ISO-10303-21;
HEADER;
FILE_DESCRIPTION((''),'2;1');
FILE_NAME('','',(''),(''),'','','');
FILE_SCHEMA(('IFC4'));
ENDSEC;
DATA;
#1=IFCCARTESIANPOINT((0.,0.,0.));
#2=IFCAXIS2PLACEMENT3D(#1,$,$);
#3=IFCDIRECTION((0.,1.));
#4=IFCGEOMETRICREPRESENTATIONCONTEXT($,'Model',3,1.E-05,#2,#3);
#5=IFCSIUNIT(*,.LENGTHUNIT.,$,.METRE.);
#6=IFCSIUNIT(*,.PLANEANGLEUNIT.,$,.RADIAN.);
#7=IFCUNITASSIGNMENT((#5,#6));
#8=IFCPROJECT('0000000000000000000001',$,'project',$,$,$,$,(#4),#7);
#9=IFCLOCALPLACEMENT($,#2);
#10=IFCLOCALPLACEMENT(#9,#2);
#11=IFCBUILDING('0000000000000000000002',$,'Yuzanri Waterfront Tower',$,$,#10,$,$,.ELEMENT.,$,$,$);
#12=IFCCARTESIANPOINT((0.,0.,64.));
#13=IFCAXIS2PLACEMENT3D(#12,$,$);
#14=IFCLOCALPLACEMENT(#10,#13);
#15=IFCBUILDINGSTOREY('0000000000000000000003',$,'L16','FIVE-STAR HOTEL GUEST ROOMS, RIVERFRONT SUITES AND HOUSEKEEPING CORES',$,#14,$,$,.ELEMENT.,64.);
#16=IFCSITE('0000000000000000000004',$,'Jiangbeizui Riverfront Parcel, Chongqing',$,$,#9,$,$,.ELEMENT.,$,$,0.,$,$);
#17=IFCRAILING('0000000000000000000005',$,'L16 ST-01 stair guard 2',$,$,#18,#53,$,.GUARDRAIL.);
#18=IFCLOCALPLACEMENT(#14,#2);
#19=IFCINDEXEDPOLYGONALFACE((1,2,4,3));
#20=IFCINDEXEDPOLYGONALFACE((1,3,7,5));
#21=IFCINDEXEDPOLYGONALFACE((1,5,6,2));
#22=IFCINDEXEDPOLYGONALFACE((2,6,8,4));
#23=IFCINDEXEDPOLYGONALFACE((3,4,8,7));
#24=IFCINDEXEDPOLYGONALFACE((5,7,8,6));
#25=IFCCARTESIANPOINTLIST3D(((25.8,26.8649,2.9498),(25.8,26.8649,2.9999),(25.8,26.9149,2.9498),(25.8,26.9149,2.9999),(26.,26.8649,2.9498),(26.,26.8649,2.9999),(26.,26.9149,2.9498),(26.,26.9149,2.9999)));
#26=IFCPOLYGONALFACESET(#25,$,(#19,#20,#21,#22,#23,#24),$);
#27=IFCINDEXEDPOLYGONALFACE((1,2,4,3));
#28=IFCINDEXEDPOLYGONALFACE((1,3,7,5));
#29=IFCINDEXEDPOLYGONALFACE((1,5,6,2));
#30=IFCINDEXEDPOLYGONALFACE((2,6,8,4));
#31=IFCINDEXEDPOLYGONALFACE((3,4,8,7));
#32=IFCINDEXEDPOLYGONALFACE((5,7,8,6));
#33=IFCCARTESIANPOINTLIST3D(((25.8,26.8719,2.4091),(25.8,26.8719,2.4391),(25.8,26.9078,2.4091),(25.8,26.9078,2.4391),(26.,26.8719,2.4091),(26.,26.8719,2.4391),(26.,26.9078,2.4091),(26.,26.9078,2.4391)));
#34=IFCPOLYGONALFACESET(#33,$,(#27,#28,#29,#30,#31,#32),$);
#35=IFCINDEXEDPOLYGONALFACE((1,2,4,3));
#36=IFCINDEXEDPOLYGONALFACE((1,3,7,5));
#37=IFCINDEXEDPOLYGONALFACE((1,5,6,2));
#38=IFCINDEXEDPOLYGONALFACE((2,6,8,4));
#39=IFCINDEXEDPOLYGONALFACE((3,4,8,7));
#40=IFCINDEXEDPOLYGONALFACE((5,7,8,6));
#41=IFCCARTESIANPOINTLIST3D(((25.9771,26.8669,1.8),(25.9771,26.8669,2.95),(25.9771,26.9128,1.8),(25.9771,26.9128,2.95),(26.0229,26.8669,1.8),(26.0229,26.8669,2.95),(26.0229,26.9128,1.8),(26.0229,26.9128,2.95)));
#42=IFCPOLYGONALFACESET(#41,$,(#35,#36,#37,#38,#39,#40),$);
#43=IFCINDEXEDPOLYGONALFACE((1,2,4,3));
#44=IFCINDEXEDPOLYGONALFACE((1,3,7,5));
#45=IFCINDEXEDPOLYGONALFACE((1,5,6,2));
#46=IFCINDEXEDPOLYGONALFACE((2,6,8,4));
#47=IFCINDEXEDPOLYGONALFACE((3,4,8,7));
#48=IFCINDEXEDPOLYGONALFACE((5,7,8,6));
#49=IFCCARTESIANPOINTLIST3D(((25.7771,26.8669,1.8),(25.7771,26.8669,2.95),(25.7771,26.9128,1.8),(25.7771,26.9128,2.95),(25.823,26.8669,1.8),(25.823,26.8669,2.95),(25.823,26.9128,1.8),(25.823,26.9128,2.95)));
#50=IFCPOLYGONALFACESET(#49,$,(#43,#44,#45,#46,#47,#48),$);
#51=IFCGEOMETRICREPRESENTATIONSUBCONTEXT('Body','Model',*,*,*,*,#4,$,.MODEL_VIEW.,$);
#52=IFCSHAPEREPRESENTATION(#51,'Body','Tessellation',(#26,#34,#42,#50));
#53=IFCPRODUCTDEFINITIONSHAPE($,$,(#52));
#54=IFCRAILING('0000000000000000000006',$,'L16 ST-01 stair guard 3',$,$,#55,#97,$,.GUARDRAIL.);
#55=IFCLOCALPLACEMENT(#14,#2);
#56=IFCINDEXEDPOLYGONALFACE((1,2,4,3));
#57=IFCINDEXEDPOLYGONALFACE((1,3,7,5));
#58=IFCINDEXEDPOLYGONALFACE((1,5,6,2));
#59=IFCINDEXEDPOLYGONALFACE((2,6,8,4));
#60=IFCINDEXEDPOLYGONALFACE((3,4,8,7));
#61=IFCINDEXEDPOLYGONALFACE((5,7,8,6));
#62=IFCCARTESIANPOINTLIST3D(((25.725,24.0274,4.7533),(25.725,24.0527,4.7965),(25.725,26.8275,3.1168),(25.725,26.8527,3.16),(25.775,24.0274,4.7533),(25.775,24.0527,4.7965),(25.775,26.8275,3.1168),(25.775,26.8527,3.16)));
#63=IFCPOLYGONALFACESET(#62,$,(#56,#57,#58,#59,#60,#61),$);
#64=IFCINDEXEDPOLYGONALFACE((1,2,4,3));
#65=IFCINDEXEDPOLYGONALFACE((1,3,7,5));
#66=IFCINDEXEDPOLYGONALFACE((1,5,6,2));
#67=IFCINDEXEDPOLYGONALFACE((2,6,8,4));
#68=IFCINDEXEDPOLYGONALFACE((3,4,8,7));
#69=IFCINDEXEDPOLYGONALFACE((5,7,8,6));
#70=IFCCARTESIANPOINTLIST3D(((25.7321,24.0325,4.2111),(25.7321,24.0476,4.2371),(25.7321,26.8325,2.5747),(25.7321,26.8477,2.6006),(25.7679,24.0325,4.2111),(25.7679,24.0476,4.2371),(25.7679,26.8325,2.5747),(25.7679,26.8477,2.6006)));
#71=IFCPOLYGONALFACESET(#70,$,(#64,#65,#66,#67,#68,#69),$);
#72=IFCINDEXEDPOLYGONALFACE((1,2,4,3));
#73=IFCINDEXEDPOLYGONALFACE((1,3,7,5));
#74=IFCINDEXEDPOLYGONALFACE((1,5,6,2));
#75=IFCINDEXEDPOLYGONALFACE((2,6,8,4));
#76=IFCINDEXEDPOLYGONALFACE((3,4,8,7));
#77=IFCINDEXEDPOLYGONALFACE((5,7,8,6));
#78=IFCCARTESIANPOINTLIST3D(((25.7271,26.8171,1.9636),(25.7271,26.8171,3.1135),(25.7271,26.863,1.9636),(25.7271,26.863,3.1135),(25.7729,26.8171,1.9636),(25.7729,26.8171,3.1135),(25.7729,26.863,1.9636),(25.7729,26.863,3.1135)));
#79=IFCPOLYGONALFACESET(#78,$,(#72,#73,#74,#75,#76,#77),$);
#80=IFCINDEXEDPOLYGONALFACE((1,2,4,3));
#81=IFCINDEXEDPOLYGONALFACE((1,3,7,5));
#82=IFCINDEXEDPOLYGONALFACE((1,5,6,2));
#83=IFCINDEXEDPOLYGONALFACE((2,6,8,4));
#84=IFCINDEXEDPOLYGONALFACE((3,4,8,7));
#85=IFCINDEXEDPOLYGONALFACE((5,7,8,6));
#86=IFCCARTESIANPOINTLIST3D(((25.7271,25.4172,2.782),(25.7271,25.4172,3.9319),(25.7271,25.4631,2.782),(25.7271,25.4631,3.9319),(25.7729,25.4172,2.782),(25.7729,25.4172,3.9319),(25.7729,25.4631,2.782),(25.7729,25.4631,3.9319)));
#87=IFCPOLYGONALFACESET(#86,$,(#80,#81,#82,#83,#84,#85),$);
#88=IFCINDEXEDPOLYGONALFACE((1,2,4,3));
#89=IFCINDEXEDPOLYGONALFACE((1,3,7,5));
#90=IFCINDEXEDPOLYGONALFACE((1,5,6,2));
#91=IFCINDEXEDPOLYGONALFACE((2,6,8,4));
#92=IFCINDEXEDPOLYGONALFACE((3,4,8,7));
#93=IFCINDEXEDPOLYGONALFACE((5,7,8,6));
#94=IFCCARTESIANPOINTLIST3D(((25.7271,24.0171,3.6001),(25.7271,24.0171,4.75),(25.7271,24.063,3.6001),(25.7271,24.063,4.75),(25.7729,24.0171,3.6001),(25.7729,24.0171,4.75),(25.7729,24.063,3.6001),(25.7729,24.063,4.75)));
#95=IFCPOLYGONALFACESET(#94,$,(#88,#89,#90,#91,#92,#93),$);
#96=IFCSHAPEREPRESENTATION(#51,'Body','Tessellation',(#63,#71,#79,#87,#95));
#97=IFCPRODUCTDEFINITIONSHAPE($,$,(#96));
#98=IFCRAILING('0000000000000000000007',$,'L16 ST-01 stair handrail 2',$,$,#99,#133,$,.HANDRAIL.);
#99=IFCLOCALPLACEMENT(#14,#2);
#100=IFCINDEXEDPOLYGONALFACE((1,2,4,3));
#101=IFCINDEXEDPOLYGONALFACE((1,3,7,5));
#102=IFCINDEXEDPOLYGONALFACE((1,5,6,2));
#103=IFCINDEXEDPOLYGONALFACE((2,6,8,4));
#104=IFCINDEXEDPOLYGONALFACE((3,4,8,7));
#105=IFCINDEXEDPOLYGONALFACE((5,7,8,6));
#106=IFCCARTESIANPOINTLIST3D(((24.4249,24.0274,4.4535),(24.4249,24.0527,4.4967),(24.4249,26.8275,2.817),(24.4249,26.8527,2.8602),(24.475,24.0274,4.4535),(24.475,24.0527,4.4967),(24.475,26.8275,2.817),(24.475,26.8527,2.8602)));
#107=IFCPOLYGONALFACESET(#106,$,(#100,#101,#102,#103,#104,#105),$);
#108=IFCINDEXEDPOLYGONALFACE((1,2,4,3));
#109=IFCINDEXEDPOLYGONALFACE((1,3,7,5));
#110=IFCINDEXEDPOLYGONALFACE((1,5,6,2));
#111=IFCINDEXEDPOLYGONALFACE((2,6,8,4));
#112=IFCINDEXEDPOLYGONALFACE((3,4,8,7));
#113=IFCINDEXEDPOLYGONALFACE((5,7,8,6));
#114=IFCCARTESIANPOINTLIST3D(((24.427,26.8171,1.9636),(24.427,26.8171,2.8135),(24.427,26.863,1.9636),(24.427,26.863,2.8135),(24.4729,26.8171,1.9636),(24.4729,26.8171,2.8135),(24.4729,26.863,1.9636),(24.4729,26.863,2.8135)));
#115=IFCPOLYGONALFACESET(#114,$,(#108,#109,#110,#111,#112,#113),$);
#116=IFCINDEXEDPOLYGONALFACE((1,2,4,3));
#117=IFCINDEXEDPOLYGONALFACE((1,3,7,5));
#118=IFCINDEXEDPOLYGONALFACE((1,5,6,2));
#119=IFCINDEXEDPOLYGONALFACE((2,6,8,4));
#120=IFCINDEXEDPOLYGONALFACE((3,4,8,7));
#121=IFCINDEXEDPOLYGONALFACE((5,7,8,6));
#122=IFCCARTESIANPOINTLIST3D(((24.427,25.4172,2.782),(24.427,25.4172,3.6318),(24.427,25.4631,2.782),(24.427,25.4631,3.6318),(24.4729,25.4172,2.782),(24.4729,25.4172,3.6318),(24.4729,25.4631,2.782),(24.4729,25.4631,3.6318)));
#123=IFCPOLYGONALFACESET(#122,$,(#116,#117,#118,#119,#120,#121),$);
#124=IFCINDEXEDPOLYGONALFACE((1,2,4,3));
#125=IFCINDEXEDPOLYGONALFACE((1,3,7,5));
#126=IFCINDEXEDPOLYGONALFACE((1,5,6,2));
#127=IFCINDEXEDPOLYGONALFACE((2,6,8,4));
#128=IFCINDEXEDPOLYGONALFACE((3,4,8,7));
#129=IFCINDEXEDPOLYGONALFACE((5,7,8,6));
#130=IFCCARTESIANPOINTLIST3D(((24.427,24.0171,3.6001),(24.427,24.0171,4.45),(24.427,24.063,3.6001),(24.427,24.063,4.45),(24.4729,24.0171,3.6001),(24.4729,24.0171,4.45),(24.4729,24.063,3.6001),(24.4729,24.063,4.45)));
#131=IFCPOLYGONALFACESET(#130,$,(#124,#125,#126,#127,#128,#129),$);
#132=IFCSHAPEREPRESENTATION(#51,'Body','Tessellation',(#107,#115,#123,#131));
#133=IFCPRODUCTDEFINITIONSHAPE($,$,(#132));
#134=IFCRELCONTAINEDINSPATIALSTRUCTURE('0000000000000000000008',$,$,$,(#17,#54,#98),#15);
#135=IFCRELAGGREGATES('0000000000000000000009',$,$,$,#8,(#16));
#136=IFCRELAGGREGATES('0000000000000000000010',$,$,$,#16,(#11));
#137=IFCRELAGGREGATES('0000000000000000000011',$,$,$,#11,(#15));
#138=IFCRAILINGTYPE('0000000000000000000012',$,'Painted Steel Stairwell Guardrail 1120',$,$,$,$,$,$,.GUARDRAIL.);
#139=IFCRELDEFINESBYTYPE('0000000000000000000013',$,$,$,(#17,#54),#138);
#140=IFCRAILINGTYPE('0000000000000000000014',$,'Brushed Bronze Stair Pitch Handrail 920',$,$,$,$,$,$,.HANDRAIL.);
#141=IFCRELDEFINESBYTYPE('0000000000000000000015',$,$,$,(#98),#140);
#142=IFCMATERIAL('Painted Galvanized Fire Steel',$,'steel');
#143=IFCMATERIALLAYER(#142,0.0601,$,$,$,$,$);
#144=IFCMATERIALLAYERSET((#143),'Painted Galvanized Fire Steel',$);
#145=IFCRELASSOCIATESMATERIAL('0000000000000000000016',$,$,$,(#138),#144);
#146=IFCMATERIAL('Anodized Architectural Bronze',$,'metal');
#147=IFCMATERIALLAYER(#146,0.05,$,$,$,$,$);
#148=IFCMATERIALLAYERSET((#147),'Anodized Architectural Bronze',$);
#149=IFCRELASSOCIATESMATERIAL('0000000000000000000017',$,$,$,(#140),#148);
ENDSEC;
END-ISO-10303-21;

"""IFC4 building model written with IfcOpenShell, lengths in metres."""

from ifc_helpers import new_model, si_unit, direction, frame, origin, origin_2d, place, context, subcontext, project, spatial, rectangle, extrude, source, transform, mapped, material, layer, layer_set, type_object, element, save


model = new_model("IFC4")

# Units and contexts
model_context = context("Model", 3, precision=1e-05, world=origin(), true_north=direction((0.0, 1.0)))
body_context = subcontext(model_context, "Body", "Model", "MODEL_VIEW")
ifc_project = project(units=[si_unit("LENGTHUNIT", "METRE"), si_unit("PLANEANGLEUNIT", "RADIAN")], contexts=[model_context])

# Site, building, storey
site_placement = place(None, origin())
site = spatial("IfcSite", under=ifc_project, at=site_placement, Name="Jiangbeizui Riverfront Parcel, Chongqing", CompositionType="ELEMENT", RefElevation=0.0)
building_placement = place(site_placement, origin())
building = spatial("IfcBuilding", under=site, at=building_placement, Name="Yuzanri Waterfront Tower", CompositionType="ELEMENT")
storey_placement = place(building_placement, frame((0.0, 0.0, 64.0)))
storey = spatial("IfcBuildingStorey", under=building, at=storey_placement, Name="L16", Description="FIVE-STAR HOTEL GUEST ROOMS, RIVERFRONT SUITES AND HOUSEKEEPING CORES", CompositionType="ELEMENT", Elevation=64.0)

# Railings
ifc_material_1 = material(Name="Painted Galvanized Fire Steel", Category="steel")
ifc_layer_1 = layer(ifc_material_1, 0.0601)
ifc_layer_set_1 = layer_set([ifc_layer_1], Name="Painted Galvanized Fire Steel")
railing_type_1 = type_object("IfcRailingType", Name="Painted Steel Stairwell Guardrail 1120", PredefinedType="GUARDRAIL", material=ifc_layer_set_1)
shared_shape_1 = source(origin(), body_context, "Body", "SweptSolid", [
    extrude(rectangle(XDim=0.05, YDim=0.05, at=origin_2d()), frame((0.0, 0.0, 1.1748), z_axis=(-1.0, 0.0, 0.0), x_axis=(0.0, -1.0, 0.0)), (0.0, 0.0, 1.0), 0.2),
    extrude(rectangle(XDim=0.0359, YDim=0.03, at=origin_2d()), frame((0.0, 0.0, 0.624), z_axis=(-1.0, 0.0, 0.0), x_axis=(0.0, -1.0, 0.0)), (0.0, 0.0, 1.0), 0.2),
    extrude(rectangle(XDim=0.0459, YDim=0.0459, at=origin_2d()), origin(), (0.0, 0.0, 1.0), 1.1499),
    extrude(rectangle(XDim=0.0459, YDim=0.0459, at=origin_2d()), frame((-0.2, 0.0, 0.0)), (0.0, 0.0, 1.0), 1.1499),
])
railing_1_placement = place(storey_placement, frame((26.0, 26.8899, 1.8)))
element("IfcRailing", 1, at=railing_1_placement, inside=storey, type_object=railing_type_1, Name="L16 ST-01 stair guard 2", PredefinedType="GUARDRAIL", context=body_context, shape_type="MappedRepresentation", body=[
    mapped(shared_shape_1, transform((0.0, 0.0, 0.0), scale=1.0)),
])
shared_shape_2 = source(origin(), body_context, "Body", "SweptSolid", [
    extrude(rectangle(XDim=0.05, YDim=0.05, at=origin_2d()), frame((0.0, 0.0, 1.1748), z_axis=(0.0, -0.863361, 0.504587), x_axis=(1.0, 0.0, 0.0)), (0.0, 0.0, 1.0), 3.2432),
    extrude(rectangle(XDim=0.0359, YDim=0.03, at=origin_2d()), frame((0.0, 0.0, 0.624), z_axis=(0.0, -0.863361, 0.504587), x_axis=(1.0, 0.0, 0.0)), (0.0, 0.0, 1.0), 3.2432),
    extrude(rectangle(XDim=0.0459, YDim=0.0459, at=origin_2d()), origin(), (0.0, 0.0, 1.0), 1.1499),
    extrude(rectangle(XDim=0.0459, YDim=0.0459, at=origin_2d()), frame((0.0, -1.3999, 0.8184)), (0.0, 0.0, 1.0), 1.1499),
    extrude(rectangle(XDim=0.0459, YDim=0.0459, at=origin_2d()), frame((0.0, -2.8, 1.6365)), (0.0, 0.0, 1.0), 1.1499),
])
railing_2_placement = place(storey_placement, frame((25.75, 26.8401, 1.9636)))
element("IfcRailing", 2, at=railing_2_placement, inside=storey, type_object=railing_type_1, Name="L16 ST-01 stair guard 3", PredefinedType="GUARDRAIL", context=body_context, shape_type="MappedRepresentation", body=[
    mapped(shared_shape_2, transform((0.0, 0.0, 0.0), scale=1.0)),
])
ifc_material_2 = material(Name="Anodized Architectural Bronze", Category="metal")
ifc_layer_2 = layer(ifc_material_2, 0.05)
ifc_layer_set_2 = layer_set([ifc_layer_2], Name="Anodized Architectural Bronze")
railing_type_2 = type_object("IfcRailingType", Name="Brushed Bronze Stair Pitch Handrail 920", PredefinedType="HANDRAIL", material=ifc_layer_set_2)
shared_shape_3 = source(origin(), body_context, "Body", "SweptSolid", [
    extrude(rectangle(XDim=0.05, YDim=0.05, at=origin_2d()), frame((0.0, 0.0, 0.875), z_axis=(0.0, -0.863361, 0.504587), x_axis=(1.0, 0.0, 0.0)), (0.0, 0.0, 1.0), 3.2432),
    extrude(rectangle(XDim=0.0459, YDim=0.0459, at=origin_2d()), origin(), (0.0, 0.0, 1.0), 0.8499),
    extrude(rectangle(XDim=0.0459, YDim=0.0459, at=origin_2d()), frame((0.0, -1.3999, 0.8184)), (0.0, 0.0, 1.0), 0.8499),
    extrude(rectangle(XDim=0.0459, YDim=0.0459, at=origin_2d()), frame((0.0, -2.8, 1.6365)), (0.0, 0.0, 1.0), 0.8499),
])
railing_3_placement = place(storey_placement, frame((24.45, 26.8401, 1.9636)))
element("IfcRailing", 3, at=railing_3_placement, inside=storey, type_object=railing_type_2, Name="L16 ST-01 stair handrail 2", PredefinedType="HANDRAIL", context=body_context, shape_type="MappedRepresentation", body=[
    mapped(shared_shape_3, transform((0.0, 0.0, 0.0), scale=1.0)),
])

save(model, "model.ifc")
